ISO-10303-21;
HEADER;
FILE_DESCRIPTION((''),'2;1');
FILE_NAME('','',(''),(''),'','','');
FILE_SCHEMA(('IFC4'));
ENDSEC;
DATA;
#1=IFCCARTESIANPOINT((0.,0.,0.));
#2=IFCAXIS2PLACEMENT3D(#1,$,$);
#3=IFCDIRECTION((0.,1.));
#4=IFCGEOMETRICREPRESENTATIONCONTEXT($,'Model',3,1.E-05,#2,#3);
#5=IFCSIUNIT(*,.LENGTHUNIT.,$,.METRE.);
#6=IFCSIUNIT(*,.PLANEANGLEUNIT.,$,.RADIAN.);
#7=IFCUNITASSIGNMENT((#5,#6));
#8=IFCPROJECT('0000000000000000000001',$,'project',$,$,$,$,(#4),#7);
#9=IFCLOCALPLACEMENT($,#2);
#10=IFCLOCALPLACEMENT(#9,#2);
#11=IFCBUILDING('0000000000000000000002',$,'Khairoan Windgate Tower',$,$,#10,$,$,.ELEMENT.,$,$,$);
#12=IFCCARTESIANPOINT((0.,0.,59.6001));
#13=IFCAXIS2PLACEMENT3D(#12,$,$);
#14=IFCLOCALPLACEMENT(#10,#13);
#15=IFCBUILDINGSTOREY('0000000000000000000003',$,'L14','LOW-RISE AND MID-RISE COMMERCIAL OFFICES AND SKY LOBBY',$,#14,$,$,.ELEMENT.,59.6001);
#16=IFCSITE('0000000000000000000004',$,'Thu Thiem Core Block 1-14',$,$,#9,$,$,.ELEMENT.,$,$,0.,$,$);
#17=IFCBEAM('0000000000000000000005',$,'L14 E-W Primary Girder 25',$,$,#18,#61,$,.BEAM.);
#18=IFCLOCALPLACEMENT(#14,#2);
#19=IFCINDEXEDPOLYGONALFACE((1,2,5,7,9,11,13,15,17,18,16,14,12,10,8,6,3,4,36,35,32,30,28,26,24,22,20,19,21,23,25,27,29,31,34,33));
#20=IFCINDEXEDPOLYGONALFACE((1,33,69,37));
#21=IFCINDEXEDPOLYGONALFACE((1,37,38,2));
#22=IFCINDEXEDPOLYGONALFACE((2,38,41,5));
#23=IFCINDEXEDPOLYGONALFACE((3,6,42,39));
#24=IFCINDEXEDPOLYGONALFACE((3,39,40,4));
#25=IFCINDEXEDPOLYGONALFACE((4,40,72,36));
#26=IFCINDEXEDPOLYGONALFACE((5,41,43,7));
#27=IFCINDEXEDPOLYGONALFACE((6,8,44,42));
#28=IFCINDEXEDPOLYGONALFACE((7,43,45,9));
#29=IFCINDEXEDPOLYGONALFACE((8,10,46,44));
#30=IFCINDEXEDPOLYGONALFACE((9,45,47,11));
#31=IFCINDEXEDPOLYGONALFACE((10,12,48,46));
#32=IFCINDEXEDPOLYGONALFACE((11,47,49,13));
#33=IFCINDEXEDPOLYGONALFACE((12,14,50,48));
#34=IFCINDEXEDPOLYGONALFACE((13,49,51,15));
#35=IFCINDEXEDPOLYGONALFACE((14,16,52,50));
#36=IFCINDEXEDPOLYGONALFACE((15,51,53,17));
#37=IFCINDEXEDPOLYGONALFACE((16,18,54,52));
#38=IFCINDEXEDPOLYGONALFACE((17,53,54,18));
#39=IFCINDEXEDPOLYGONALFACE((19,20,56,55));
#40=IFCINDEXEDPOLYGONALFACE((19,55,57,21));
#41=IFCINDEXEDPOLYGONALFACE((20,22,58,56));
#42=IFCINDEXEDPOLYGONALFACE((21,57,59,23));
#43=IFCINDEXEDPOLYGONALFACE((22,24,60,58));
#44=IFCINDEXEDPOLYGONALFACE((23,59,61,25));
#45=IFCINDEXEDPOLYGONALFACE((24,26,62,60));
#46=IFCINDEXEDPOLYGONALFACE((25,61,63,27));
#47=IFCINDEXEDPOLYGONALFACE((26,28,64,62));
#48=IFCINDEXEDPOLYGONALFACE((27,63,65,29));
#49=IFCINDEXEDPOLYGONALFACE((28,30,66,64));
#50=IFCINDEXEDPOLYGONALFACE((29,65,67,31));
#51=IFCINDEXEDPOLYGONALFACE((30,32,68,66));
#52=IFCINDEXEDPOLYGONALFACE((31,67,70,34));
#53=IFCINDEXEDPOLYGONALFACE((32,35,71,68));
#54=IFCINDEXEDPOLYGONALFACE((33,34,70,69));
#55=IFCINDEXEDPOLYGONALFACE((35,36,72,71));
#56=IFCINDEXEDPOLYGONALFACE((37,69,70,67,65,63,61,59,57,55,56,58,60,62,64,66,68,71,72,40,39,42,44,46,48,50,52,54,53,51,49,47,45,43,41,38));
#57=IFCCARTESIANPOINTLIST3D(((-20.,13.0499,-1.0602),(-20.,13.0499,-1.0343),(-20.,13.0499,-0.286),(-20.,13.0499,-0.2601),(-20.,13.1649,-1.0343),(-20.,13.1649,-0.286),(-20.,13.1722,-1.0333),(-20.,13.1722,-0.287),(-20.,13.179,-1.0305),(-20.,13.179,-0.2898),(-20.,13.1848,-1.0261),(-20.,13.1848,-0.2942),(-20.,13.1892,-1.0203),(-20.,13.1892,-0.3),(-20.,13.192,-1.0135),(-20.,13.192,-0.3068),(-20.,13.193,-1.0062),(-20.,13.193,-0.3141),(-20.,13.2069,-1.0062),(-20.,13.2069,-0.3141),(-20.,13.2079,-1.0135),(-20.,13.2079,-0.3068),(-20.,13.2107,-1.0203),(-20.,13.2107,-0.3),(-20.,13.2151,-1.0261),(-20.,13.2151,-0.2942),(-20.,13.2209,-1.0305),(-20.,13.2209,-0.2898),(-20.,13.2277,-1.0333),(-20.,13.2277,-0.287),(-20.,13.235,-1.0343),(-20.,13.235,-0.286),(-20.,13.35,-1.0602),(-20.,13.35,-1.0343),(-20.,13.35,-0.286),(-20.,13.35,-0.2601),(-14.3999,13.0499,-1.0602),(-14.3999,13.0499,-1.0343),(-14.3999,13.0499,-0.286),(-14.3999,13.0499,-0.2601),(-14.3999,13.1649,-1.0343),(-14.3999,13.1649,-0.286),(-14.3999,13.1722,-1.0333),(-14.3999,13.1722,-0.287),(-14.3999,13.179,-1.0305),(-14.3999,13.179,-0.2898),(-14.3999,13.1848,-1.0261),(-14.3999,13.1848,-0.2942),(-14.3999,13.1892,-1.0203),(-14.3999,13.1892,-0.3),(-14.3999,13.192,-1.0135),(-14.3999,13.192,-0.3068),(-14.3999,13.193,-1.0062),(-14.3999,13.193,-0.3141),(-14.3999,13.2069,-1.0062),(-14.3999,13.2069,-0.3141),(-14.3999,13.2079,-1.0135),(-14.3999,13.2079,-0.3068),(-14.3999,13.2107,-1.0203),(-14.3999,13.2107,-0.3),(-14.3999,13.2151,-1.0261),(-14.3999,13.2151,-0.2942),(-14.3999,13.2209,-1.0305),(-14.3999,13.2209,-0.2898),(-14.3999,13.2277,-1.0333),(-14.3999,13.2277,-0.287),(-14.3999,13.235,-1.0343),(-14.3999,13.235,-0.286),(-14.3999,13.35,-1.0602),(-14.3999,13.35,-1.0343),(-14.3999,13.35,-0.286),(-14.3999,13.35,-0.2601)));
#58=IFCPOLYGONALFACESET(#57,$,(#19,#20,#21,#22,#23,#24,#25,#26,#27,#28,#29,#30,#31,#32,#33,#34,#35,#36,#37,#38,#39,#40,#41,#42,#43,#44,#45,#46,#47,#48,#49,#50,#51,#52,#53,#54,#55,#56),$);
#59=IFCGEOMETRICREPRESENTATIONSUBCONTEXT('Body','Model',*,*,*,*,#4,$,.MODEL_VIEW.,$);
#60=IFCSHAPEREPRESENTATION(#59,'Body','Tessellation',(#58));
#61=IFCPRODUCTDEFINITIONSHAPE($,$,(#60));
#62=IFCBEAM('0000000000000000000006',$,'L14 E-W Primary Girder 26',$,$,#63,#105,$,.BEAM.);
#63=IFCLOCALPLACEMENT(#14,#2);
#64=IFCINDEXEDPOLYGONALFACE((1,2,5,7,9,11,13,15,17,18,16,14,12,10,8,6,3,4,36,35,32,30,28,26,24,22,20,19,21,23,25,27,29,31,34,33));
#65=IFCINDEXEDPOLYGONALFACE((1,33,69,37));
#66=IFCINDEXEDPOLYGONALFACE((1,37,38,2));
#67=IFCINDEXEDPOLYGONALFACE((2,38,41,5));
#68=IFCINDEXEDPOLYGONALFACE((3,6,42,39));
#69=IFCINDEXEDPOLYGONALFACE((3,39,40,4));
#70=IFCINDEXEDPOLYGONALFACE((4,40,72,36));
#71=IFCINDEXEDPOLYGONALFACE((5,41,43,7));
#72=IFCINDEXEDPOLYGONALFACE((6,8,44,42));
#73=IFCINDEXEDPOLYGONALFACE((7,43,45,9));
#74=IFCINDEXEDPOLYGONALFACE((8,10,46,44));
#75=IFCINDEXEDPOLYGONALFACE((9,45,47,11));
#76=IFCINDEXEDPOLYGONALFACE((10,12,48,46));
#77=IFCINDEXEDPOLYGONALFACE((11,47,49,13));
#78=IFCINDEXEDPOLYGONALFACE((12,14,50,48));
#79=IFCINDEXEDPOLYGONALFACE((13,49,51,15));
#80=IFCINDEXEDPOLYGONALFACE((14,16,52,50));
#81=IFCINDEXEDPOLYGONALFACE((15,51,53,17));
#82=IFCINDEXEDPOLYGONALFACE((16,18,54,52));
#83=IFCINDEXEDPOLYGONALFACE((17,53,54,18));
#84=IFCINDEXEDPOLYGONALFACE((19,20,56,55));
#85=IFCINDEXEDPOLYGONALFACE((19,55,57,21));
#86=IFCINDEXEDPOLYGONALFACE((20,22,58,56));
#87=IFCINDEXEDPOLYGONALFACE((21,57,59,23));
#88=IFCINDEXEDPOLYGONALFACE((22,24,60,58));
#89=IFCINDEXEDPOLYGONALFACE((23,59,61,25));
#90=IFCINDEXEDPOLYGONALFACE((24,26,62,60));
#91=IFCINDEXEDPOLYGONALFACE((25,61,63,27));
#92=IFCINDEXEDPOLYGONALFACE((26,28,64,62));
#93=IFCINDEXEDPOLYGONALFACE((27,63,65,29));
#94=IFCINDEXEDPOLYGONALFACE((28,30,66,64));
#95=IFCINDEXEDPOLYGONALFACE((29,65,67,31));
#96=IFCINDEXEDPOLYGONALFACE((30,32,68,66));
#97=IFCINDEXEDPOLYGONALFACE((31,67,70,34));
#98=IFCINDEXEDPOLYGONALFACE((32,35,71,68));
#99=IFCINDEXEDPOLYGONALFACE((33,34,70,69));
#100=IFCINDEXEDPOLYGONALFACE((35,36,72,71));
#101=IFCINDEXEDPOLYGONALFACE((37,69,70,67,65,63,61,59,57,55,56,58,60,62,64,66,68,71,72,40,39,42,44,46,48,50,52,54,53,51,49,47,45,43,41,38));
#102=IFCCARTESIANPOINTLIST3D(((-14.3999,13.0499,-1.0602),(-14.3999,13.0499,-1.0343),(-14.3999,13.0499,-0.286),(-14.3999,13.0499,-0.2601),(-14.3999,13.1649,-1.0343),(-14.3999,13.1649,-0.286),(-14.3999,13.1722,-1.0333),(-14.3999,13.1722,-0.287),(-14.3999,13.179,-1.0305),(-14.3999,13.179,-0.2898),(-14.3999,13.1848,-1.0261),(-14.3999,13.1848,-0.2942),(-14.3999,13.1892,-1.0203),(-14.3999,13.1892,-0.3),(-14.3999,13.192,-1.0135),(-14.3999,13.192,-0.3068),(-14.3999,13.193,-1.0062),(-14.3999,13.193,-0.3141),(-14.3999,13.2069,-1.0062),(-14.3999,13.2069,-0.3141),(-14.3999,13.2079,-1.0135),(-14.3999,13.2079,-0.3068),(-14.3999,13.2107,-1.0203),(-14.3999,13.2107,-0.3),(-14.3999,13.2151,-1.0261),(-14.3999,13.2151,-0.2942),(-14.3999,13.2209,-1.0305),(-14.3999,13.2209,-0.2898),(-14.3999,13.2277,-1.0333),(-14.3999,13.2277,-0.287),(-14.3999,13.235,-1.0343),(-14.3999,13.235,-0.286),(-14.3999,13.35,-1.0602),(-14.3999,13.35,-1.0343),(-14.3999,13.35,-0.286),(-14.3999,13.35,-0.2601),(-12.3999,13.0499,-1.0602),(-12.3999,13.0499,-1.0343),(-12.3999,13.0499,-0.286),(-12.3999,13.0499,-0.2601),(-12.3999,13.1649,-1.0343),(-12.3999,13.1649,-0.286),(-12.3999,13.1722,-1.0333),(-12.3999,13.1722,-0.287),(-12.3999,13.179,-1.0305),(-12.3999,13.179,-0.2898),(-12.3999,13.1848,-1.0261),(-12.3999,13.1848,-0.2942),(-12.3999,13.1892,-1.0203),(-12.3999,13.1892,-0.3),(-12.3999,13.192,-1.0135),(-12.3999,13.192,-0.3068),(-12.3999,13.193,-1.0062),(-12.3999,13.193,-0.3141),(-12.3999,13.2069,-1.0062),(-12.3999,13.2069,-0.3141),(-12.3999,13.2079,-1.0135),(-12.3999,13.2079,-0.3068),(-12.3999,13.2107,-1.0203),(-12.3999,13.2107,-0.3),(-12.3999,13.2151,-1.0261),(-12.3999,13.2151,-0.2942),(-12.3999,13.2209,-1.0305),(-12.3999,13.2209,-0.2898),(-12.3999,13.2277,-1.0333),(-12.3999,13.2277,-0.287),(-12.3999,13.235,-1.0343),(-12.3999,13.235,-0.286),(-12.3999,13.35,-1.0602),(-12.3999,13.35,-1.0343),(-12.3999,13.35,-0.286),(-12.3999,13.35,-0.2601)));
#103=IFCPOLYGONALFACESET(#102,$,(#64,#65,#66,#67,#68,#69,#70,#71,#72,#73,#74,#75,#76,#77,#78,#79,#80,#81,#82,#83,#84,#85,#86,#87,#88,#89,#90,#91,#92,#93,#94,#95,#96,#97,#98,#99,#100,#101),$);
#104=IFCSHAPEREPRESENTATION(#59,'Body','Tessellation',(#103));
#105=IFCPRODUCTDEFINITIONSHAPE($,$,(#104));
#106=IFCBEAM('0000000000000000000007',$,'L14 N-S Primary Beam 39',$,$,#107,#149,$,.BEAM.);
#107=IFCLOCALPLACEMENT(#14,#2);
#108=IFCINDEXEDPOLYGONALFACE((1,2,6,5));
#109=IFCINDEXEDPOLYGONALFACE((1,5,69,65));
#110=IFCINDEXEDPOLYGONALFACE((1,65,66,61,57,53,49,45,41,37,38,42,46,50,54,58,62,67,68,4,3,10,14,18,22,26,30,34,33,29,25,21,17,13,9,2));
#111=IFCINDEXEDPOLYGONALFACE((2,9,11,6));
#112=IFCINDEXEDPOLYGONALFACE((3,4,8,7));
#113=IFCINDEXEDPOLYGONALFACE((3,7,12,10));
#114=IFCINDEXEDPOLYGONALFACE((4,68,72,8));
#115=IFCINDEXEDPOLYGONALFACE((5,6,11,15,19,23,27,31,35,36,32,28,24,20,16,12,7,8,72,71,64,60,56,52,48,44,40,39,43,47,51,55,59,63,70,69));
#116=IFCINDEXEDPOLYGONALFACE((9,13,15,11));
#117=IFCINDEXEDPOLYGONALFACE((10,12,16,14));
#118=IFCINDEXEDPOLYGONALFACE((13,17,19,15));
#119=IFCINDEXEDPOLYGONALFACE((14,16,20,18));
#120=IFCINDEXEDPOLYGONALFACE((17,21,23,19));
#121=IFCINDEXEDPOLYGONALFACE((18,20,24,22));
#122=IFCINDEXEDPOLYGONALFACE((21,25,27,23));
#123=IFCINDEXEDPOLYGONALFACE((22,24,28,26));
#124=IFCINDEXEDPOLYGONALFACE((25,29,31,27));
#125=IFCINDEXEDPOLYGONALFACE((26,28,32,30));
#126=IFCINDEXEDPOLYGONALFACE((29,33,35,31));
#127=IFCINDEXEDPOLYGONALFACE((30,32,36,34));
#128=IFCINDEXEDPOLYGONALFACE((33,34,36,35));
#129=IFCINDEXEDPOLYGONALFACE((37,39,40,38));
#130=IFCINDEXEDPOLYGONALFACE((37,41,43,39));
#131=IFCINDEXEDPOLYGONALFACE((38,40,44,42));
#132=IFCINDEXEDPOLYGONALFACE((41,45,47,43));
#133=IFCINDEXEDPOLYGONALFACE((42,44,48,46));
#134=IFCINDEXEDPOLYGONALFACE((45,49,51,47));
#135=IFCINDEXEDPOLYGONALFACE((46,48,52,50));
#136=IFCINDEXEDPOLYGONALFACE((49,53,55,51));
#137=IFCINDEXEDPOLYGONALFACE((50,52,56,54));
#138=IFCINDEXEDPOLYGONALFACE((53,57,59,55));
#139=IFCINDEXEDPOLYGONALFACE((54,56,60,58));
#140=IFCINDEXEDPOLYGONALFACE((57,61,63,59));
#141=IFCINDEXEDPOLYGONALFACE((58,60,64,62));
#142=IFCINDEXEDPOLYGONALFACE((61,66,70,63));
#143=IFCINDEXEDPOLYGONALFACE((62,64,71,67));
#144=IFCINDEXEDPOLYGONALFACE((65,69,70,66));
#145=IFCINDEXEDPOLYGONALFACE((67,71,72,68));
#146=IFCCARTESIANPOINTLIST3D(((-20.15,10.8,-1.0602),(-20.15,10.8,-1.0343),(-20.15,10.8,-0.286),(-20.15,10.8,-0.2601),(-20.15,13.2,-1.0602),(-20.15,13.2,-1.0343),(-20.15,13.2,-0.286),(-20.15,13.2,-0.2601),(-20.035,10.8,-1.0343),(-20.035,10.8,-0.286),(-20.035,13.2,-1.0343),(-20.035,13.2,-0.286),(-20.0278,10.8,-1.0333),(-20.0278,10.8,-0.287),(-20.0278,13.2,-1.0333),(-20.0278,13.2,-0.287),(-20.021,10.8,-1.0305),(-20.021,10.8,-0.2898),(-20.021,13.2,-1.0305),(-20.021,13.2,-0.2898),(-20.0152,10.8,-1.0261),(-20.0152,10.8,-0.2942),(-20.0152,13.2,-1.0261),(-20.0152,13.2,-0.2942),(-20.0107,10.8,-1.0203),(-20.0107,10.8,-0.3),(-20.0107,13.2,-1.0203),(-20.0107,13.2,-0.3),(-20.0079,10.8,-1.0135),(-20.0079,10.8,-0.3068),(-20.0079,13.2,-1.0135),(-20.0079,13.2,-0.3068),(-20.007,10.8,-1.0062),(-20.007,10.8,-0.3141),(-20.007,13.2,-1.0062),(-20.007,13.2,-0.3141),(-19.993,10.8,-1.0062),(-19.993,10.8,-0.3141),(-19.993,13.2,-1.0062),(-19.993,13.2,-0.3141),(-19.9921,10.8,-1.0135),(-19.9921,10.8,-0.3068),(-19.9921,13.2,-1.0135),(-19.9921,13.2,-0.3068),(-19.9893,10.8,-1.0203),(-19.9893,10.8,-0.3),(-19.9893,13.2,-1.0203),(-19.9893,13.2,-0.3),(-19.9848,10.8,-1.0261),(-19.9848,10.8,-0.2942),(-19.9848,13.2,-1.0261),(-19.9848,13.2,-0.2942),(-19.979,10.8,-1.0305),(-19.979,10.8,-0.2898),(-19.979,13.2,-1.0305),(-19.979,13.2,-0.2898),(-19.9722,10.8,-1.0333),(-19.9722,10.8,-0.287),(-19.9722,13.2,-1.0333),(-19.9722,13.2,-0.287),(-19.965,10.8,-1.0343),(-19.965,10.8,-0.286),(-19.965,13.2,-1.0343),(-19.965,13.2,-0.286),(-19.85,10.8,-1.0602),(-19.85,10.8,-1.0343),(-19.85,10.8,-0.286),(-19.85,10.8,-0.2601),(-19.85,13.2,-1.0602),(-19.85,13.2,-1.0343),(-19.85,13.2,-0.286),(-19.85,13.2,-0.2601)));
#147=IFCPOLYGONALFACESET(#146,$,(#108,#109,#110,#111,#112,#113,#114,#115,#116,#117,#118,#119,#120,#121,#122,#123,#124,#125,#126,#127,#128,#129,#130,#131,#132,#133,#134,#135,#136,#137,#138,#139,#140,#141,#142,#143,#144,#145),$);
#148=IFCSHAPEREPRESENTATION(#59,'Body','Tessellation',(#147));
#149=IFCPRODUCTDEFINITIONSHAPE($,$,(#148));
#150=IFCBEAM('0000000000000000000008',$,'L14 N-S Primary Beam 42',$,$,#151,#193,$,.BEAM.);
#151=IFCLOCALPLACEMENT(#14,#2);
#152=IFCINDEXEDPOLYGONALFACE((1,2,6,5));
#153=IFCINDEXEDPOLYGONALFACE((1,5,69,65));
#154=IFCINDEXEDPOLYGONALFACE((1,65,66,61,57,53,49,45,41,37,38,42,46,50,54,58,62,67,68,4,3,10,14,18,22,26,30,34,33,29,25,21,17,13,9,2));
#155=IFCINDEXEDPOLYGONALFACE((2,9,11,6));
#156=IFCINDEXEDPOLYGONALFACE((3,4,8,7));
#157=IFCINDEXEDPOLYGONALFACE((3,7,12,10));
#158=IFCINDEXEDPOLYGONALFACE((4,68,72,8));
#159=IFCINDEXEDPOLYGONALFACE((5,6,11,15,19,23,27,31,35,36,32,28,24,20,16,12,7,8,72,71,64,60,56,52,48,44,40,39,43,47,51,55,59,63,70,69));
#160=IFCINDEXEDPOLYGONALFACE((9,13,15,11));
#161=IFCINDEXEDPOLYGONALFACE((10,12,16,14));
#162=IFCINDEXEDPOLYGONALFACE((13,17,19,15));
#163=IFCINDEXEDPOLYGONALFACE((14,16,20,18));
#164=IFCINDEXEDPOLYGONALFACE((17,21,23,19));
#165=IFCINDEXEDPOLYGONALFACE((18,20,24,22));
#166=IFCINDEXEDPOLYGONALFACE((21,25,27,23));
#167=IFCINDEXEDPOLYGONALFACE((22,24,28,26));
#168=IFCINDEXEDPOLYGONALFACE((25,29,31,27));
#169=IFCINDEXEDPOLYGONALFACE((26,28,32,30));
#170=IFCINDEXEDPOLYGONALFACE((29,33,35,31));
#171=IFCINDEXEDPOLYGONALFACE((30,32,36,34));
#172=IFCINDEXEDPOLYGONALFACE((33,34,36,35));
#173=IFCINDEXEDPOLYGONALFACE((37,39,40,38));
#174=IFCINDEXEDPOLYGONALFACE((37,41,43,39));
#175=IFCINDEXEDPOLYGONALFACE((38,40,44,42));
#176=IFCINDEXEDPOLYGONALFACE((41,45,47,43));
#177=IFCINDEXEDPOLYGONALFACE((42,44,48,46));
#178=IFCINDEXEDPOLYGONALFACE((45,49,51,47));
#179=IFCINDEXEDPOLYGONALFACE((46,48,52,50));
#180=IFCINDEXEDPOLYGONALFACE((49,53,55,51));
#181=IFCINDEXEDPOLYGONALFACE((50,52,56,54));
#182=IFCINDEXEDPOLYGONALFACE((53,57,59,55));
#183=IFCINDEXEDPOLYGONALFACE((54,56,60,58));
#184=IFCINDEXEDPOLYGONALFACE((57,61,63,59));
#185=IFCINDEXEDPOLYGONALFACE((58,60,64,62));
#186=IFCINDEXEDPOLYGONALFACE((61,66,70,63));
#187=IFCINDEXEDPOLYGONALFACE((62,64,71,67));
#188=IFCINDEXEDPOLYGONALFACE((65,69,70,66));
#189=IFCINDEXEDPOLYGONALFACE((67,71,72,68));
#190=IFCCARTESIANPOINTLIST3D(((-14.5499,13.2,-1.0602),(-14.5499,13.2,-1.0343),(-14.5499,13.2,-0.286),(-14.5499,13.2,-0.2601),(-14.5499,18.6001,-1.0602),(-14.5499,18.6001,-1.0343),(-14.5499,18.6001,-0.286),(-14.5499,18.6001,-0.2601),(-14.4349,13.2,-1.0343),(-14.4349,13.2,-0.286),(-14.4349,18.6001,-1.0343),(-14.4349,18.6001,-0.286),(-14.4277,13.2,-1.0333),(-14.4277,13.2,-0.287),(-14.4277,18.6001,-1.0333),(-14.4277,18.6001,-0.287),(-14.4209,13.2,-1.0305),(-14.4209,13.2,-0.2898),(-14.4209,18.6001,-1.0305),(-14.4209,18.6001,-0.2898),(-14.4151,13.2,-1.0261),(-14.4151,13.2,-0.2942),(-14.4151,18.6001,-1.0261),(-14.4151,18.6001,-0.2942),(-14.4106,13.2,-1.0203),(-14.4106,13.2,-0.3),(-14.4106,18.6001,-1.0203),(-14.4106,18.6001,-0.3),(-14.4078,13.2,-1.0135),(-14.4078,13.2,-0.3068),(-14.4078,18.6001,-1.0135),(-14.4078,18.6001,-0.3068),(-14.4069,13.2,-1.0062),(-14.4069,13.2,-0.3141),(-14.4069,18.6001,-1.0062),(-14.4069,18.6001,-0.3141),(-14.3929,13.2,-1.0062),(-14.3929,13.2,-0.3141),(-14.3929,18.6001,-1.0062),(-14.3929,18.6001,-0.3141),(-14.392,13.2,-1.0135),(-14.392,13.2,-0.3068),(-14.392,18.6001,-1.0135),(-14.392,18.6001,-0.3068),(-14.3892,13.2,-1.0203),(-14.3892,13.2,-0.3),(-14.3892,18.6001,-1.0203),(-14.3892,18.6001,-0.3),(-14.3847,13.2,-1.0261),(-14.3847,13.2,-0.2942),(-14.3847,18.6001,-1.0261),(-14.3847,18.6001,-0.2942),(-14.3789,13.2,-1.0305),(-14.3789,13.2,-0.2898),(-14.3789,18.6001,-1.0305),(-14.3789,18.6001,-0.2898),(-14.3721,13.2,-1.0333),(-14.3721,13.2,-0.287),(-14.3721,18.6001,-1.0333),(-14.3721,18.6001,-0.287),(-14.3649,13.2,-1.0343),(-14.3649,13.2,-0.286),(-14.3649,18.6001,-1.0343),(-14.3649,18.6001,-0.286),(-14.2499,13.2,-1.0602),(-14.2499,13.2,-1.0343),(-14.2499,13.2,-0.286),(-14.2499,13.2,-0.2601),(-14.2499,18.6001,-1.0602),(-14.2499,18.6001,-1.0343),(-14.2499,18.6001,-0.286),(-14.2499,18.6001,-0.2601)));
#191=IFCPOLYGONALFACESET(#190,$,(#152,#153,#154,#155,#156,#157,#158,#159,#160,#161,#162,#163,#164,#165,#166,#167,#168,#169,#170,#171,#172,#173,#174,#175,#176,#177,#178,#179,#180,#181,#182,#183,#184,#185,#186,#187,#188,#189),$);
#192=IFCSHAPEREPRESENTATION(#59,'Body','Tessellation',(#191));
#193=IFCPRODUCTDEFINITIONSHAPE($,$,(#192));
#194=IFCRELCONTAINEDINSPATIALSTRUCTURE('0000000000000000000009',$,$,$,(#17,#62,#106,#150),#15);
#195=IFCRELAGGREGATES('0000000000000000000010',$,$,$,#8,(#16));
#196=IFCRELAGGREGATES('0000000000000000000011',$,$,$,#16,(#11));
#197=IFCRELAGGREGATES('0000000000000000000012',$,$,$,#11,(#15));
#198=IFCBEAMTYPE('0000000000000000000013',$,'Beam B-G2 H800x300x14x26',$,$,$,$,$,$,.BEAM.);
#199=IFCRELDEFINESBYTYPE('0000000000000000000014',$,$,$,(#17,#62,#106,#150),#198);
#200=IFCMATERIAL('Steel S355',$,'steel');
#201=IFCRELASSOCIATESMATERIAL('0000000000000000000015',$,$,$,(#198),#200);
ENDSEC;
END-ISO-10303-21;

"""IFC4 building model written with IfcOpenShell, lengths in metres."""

from ifc_helpers import new_model, si_unit, direction, frame, origin, origin_2d, place, context, subcontext, project, spatial, i_section, extrude, material, material_profile, profile_set, type_object, element, save


model = new_model("IFC4")

# Units and contexts
model_context = context("Model", 3, precision=1e-05, world=origin(), true_north=direction((0.0, 1.0)))
body_context = subcontext(model_context, "Body", "Model", "MODEL_VIEW")
ifc_project = project(units=[si_unit("LENGTHUNIT", "METRE"), si_unit("PLANEANGLEUNIT", "RADIAN")], contexts=[model_context])

# Site, building, storey
site_placement = place(None, origin())
site = spatial("IfcSite", under=ifc_project, at=site_placement, Name="Thu Thiem Core Block 1-14", CompositionType="ELEMENT", RefElevation=0.0)
building_placement = place(site_placement, origin())
building = spatial("IfcBuilding", under=site, at=building_placement, Name="Khairoan Windgate Tower", CompositionType="ELEMENT")
storey_placement = place(building_placement, frame((0.0, 0.0, 59.6001)))
storey = spatial("IfcBuildingStorey", under=building, at=storey_placement, Name="L14", Description="LOW-RISE AND MID-RISE COMMERCIAL OFFICES AND SKY LOBBY", CompositionType="ELEMENT", Elevation=59.6001)

# Beams
ifc_material_1 = material(Name="Steel S355", Category="steel")
ifc_material_profile_1 = material_profile(ifc_material_1, i_section(OverallWidth=0.3, OverallDepth=0.8, WebThickness=0.0139, FlangeThickness=0.0259, FilletRadius=0.0281, at=origin_2d()))
ifc_profile_set_1 = profile_set([ifc_material_profile_1], Name="Steel S355")
beam_type = type_object("IfcBeamType", Name="Beam B-G2 H800x300x14x26", PredefinedType="BEAM", material=ifc_profile_set_1)
beam_1_placement = place(storey_placement, frame((-20.0, 13.2, -0.6602), z_axis=(1.0, 0.0, 0.0), x_axis=(0.0, 1.0, 0.0)))
element("IfcBeam", 1, at=beam_1_placement, inside=storey, type_object=beam_type, Name="L14 E-W Primary Girder 25", PredefinedType="BEAM", context=body_context, shape_type="SweptSolid", body=[
    extrude(i_section(OverallWidth=0.3, OverallDepth=0.8, WebThickness=0.0139, FlangeThickness=0.0259, FilletRadius=0.0281, at=origin_2d()), origin(), (0.0, 0.0, 1.0), 5.6001),
])
beam_2_placement = place(storey_placement, frame((-14.3999, 13.2, -0.6602), z_axis=(1.0, 0.0, 0.0), x_axis=(0.0, 1.0, 0.0)))
element("IfcBeam", 2, at=beam_2_placement, inside=storey, type_object=beam_type, Name="L14 E-W Primary Girder 26", PredefinedType="BEAM", context=body_context, shape_type="SweptSolid", body=[
    extrude(i_section(OverallWidth=0.3, OverallDepth=0.8, WebThickness=0.0139, FlangeThickness=0.0259, FilletRadius=0.0281, at=origin_2d()), origin(), (0.0, 0.0, 1.0), 2.0),
])
beam_3_placement = place(storey_placement, frame((-20.0, 10.8, -0.6602), z_axis=(0.0, 1.0, 0.0), x_axis=(-1.0, 0.0, 0.0)))
element("IfcBeam", 3, at=beam_3_placement, inside=storey, type_object=beam_type, Name="L14 N-S Primary Beam 39", PredefinedType="BEAM", context=body_context, shape_type="SweptSolid", body=[
    extrude(i_section(OverallWidth=0.3, OverallDepth=0.8, WebThickness=0.0139, FlangeThickness=0.0259, FilletRadius=0.0281, at=origin_2d()), origin(), (0.0, 0.0, 1.0), 2.3999),
])
beam_4_placement = place(storey_placement, frame((-14.3999, 13.2, -0.6602), z_axis=(0.0, 1.0, 0.0), x_axis=(-1.0, 0.0, 0.0)))
element("IfcBeam", 4, at=beam_4_placement, inside=storey, type_object=beam_type, Name="L14 N-S Primary Beam 42", PredefinedType="BEAM", context=body_context, shape_type="SweptSolid", body=[
    extrude(i_section(OverallWidth=0.3, OverallDepth=0.8, WebThickness=0.0139, FlangeThickness=0.0259, FilletRadius=0.0281, at=origin_2d()), origin(), (0.0, 0.0, 1.0), 5.4001),
])

save(model, "model.ifc")
